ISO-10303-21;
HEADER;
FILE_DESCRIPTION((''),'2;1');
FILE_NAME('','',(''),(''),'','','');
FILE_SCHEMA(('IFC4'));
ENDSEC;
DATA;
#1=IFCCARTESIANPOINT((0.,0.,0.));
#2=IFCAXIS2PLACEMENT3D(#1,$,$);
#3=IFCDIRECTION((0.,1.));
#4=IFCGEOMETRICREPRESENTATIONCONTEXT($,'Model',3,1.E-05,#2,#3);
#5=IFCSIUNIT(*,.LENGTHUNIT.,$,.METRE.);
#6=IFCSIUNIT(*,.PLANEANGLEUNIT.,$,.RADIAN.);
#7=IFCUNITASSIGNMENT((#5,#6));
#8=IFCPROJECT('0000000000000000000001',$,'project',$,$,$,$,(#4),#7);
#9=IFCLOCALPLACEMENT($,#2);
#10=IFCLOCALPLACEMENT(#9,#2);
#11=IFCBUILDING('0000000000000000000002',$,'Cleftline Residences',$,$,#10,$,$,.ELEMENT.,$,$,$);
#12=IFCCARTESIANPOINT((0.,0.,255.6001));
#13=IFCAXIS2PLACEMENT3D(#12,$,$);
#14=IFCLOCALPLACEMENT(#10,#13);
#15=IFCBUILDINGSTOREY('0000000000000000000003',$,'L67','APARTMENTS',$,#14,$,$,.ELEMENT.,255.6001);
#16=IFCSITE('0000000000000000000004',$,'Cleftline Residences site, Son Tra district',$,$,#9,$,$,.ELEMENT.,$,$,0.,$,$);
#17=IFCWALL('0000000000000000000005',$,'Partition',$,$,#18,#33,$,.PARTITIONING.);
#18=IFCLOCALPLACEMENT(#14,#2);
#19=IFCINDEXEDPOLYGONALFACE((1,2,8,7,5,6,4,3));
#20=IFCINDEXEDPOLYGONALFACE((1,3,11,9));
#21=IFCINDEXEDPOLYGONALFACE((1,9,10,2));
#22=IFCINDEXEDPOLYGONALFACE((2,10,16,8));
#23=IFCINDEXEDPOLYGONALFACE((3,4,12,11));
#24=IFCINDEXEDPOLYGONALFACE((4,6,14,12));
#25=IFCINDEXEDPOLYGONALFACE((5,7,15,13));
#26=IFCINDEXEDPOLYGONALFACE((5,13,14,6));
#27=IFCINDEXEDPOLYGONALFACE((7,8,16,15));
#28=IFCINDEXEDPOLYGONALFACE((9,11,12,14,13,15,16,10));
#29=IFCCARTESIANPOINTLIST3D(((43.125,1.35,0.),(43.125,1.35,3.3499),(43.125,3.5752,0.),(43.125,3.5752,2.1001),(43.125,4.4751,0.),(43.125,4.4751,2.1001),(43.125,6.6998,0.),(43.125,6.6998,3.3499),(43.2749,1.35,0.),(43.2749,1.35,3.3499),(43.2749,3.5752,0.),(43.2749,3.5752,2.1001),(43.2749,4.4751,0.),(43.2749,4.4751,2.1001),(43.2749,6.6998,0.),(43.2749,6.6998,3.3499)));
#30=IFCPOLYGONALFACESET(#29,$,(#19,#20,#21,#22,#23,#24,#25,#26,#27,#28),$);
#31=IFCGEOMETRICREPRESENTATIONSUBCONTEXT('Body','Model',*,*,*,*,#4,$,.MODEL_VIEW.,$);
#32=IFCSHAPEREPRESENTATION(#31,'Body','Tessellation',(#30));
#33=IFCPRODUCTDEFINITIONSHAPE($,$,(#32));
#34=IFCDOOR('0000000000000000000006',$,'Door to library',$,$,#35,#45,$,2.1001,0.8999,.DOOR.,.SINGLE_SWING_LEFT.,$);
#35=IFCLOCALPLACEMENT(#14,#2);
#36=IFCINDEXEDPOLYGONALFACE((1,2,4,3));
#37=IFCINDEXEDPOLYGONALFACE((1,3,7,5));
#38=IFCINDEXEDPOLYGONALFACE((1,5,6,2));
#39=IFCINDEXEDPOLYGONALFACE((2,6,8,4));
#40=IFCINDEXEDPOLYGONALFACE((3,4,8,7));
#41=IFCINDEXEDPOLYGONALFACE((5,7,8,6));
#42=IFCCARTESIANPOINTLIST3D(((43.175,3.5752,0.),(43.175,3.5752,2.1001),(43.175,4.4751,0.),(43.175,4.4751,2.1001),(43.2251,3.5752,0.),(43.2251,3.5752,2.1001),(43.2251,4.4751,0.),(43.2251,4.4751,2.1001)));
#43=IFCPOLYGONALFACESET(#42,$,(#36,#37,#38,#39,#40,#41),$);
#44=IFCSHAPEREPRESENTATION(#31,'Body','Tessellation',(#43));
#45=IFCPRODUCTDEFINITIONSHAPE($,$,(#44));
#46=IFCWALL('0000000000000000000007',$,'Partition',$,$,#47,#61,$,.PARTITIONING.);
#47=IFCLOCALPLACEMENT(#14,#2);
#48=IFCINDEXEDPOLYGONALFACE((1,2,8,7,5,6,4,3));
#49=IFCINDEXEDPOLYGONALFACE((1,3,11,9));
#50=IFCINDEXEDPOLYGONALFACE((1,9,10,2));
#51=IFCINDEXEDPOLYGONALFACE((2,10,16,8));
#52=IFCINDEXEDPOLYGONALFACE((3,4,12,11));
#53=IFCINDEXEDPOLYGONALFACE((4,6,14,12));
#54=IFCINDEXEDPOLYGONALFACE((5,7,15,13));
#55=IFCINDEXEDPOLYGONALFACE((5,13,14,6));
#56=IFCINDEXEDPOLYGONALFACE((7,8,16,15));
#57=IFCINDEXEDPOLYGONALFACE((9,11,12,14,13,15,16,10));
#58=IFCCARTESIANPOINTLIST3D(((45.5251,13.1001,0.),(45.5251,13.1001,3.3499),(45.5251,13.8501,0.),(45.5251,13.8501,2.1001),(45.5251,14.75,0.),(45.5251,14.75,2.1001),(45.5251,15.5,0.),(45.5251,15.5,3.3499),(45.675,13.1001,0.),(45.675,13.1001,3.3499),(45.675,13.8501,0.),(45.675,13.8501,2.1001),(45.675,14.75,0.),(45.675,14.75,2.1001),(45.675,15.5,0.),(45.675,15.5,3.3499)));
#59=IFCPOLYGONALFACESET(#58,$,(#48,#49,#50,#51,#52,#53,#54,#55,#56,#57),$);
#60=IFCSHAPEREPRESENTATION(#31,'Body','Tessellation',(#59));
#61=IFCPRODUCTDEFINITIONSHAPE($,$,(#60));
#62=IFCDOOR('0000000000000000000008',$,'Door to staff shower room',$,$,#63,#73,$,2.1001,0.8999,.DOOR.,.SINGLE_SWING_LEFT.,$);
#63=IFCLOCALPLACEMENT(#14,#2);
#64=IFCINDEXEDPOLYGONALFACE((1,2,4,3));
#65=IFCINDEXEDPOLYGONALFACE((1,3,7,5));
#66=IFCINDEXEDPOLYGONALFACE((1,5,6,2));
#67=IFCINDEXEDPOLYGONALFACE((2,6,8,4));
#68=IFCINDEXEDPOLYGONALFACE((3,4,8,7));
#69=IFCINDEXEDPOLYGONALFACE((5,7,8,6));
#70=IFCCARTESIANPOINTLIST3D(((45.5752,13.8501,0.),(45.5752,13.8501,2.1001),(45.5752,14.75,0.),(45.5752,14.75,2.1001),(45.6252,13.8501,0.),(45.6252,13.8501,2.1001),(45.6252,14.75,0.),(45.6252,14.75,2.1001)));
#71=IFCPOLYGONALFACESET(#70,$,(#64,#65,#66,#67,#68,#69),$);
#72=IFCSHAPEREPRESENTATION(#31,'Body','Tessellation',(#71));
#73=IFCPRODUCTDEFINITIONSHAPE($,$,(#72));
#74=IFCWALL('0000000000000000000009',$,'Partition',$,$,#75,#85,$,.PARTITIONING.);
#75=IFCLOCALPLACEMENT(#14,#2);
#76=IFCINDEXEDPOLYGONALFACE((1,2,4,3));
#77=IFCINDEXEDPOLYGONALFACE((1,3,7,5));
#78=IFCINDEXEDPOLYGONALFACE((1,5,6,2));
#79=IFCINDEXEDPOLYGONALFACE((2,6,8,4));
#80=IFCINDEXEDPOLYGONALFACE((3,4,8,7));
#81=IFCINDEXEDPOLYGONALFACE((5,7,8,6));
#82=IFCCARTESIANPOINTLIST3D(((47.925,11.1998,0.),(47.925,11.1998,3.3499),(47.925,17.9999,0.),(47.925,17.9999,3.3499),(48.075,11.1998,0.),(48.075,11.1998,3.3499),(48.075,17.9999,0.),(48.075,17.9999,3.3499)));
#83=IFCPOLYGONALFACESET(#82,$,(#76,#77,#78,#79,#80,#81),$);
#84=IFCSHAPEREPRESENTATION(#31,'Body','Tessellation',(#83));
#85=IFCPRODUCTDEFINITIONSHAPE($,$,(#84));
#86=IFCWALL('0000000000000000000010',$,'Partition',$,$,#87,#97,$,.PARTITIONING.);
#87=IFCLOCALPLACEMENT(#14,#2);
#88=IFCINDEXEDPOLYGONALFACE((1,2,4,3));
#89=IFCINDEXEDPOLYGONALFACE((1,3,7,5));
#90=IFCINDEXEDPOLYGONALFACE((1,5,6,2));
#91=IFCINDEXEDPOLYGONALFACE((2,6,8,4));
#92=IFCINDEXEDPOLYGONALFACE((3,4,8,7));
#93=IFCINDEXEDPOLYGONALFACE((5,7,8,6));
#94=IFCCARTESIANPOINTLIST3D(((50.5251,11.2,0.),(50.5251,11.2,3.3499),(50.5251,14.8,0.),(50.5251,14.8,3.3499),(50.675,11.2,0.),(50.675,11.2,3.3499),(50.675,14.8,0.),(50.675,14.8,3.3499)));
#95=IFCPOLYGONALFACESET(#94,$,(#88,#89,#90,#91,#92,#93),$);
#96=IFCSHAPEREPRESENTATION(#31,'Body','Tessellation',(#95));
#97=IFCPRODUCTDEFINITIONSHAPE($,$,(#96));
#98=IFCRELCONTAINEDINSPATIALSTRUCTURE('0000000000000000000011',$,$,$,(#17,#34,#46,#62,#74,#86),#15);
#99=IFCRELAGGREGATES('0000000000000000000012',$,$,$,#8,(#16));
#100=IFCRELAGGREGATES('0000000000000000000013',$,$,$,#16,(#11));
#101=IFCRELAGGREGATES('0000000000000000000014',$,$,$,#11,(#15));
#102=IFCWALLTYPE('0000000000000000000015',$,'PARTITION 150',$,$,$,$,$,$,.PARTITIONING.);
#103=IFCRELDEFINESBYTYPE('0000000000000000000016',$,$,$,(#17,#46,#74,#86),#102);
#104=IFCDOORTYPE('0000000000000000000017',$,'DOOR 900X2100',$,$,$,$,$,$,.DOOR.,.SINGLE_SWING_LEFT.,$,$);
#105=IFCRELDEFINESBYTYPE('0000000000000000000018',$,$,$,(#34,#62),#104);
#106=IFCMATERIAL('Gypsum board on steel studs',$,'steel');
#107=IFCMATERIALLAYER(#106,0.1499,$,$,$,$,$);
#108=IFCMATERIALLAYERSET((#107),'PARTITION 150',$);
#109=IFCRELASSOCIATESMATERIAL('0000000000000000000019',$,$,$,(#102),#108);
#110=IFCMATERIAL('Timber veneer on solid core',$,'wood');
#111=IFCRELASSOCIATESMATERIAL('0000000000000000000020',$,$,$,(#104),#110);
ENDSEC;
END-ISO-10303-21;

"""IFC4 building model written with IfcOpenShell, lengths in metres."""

from ifc_helpers import new_model, si_unit, direction, frame, frame_2d, origin, place, context, subcontext, project, spatial, rectangle, extrude, material, layer, layer_set, type_object, element, fill, save


model = new_model("IFC4")

# Units and contexts
model_context = context("Model", 3, precision=1e-05, world=origin(), true_north=direction((0.0, 1.0)))
body_context = subcontext(model_context, "Body", "Model", "MODEL_VIEW")
ifc_project = project(units=[si_unit("LENGTHUNIT", "METRE"), si_unit("PLANEANGLEUNIT", "RADIAN")], contexts=[model_context])

# Site, building, storey
site_placement = place(None, origin())
site = spatial("IfcSite", under=ifc_project, at=site_placement, Name="Cleftline Residences site, Son Tra district", CompositionType="ELEMENT", RefElevation=0.0)
building_placement = place(site_placement, origin())
building = spatial("IfcBuilding", under=site, at=building_placement, Name="Cleftline Residences", CompositionType="ELEMENT")
storey_placement = place(building_placement, frame((0.0, 0.0, 255.6001)))
storey = spatial("IfcBuildingStorey", under=building, at=storey_placement, Name="L67", Description="APARTMENTS", CompositionType="ELEMENT", Elevation=255.6001)

# Shared definitions
ifc_material_1 = material(Name="Gypsum board on steel studs", Category="steel")
ifc_layer_1 = layer(ifc_material_1, 0.1499)
ifc_layer_set_1 = layer_set([ifc_layer_1], Name="PARTITION 150")
wall_type_1 = type_object("IfcWallType", Name="PARTITION 150", PredefinedType="PARTITIONING", material=ifc_layer_set_1)

# Walls, openings, doors
wall_1_placement = place(storey_placement, frame((43.2, 1.3501, 0.0), z_axis=(0.0, 0.0, 1.0), x_axis=(0.0, 1.0, 0.0)))
wall_1 = element("IfcWall", 1, at=wall_1_placement, inside=storey, type_object=wall_type_1, Name="Partition", PredefinedType="PARTITIONING", context=body_context, shape_type="SweptSolid", body=[
    extrude(rectangle(XDim=5.3499, YDim=0.1499, at=frame_2d((2.6748, 0.0))), origin(), (0.0, 0.0, 1.0), 3.3499),
])
opening_1_placement = place(wall_1_placement, frame((2.2251, 0.0, 0.0)))
opening_1 = element("IfcOpeningElement", 2, at=opening_1_placement, cuts=wall_1, PredefinedType="OPENING", context=body_context, shape_type="SweptSolid", body=[
    extrude(rectangle(XDim=0.8999, YDim=2.1001, at=frame_2d((0.45, 1.05))), frame((0.0, 0.085, 0.0), z_axis=(0.0, -1.0, 0.0), x_axis=(1.0, 0.0, 0.0)), (0.0, 0.0, 1.0), 0.1699),
])
ifc_material_2 = material(Name="Timber veneer on solid core", Category="wood")
door_type_1 = type_object("IfcDoorType", Name="DOOR 900X2100", OperationType="SINGLE_SWING_LEFT", PredefinedType="DOOR", material=ifc_material_2)
door_1_placement = place(opening_1_placement, origin())
door_1 = element("IfcDoor", 3, at=door_1_placement, inside=storey, type_object=door_type_1, Name="Door to library", OperationType="SINGLE_SWING_LEFT", OverallHeight=2.1001, OverallWidth=0.8999, PredefinedType="DOOR", context=body_context, shape_type="SweptSolid", body=[
    extrude(rectangle(XDim=0.8999, YDim=2.1001, at=frame_2d((0.45, 1.05))), frame((0.0, 0.0249, 0.0), z_axis=(0.0, -1.0, 0.0), x_axis=(1.0, 0.0, 0.0)), (0.0, 0.0, 1.0), 0.05),
])
fill(opening_1, door_1)
wall_2_placement = place(storey_placement, frame((45.6001, 13.1001, 0.0), z_axis=(0.0, 0.0, 1.0), x_axis=(0.0, 1.0, 0.0)))
wall_2 = element("IfcWall", 4, at=wall_2_placement, inside=storey, type_object=wall_type_1, Name="Partition", PredefinedType="PARTITIONING", context=body_context, shape_type="SweptSolid", body=[
    extrude(rectangle(XDim=2.3999, YDim=0.1499, at=frame_2d((1.2, 0.0))), origin(), (0.0, 0.0, 1.0), 3.3499),
])
opening_2_placement = place(wall_2_placement, frame((0.75, 0.0, 0.0)))
opening_2 = element("IfcOpeningElement", 5, at=opening_2_placement, cuts=wall_2, PredefinedType="OPENING", context=body_context, shape_type="SweptSolid", body=[
    extrude(rectangle(XDim=0.8999, YDim=2.1001, at=frame_2d((0.45, 1.05))), frame((0.0, 0.085, 0.0), z_axis=(0.0, -1.0, 0.0), x_axis=(1.0, 0.0, 0.0)), (0.0, 0.0, 1.0), 0.1699),
])
door_2_placement = place(opening_2_placement, origin())
door_2 = element("IfcDoor", 6, at=door_2_placement, inside=storey, type_object=door_type_1, Name="Door to staff shower room", OperationType="SINGLE_SWING_LEFT", OverallHeight=2.1001, OverallWidth=0.8999, PredefinedType="DOOR", context=body_context, shape_type="SweptSolid", body=[
    extrude(rectangle(XDim=0.8999, YDim=2.1001, at=frame_2d((0.45, 1.05))), frame((0.0, 0.0249, 0.0), z_axis=(0.0, -1.0, 0.0), x_axis=(1.0, 0.0, 0.0)), (0.0, 0.0, 1.0), 0.05),
])
fill(opening_2, door_2)

# Walls
wall_3_placement = place(storey_placement, frame((48.0, 11.2, 0.0), z_axis=(0.0, 0.0, 1.0), x_axis=(0.0, 1.0, 0.0)))
element("IfcWall", 7, at=wall_3_placement, inside=storey, type_object=wall_type_1, Name="Partition", PredefinedType="PARTITIONING", context=body_context, shape_type="SweptSolid", body=[
    extrude(rectangle(XDim=6.8, YDim=0.1499, at=frame_2d((3.3999, 0.0))), origin(), (0.0, 0.0, 1.0), 3.3499),
])
wall_4_placement = place(storey_placement, frame((50.6001, 11.2, 0.0), z_axis=(0.0, 0.0, 1.0), x_axis=(0.0, 1.0, 0.0)))
element("IfcWall", 8, at=wall_4_placement, inside=storey, type_object=wall_type_1, Name="Partition", PredefinedType="PARTITIONING", context=body_context, shape_type="SweptSolid", body=[
    extrude(rectangle(XDim=3.6001, YDim=0.1499, at=frame_2d((1.8, 0.0))), origin(), (0.0, 0.0, 1.0), 3.3499),
])

save(model, "model.ifc")
